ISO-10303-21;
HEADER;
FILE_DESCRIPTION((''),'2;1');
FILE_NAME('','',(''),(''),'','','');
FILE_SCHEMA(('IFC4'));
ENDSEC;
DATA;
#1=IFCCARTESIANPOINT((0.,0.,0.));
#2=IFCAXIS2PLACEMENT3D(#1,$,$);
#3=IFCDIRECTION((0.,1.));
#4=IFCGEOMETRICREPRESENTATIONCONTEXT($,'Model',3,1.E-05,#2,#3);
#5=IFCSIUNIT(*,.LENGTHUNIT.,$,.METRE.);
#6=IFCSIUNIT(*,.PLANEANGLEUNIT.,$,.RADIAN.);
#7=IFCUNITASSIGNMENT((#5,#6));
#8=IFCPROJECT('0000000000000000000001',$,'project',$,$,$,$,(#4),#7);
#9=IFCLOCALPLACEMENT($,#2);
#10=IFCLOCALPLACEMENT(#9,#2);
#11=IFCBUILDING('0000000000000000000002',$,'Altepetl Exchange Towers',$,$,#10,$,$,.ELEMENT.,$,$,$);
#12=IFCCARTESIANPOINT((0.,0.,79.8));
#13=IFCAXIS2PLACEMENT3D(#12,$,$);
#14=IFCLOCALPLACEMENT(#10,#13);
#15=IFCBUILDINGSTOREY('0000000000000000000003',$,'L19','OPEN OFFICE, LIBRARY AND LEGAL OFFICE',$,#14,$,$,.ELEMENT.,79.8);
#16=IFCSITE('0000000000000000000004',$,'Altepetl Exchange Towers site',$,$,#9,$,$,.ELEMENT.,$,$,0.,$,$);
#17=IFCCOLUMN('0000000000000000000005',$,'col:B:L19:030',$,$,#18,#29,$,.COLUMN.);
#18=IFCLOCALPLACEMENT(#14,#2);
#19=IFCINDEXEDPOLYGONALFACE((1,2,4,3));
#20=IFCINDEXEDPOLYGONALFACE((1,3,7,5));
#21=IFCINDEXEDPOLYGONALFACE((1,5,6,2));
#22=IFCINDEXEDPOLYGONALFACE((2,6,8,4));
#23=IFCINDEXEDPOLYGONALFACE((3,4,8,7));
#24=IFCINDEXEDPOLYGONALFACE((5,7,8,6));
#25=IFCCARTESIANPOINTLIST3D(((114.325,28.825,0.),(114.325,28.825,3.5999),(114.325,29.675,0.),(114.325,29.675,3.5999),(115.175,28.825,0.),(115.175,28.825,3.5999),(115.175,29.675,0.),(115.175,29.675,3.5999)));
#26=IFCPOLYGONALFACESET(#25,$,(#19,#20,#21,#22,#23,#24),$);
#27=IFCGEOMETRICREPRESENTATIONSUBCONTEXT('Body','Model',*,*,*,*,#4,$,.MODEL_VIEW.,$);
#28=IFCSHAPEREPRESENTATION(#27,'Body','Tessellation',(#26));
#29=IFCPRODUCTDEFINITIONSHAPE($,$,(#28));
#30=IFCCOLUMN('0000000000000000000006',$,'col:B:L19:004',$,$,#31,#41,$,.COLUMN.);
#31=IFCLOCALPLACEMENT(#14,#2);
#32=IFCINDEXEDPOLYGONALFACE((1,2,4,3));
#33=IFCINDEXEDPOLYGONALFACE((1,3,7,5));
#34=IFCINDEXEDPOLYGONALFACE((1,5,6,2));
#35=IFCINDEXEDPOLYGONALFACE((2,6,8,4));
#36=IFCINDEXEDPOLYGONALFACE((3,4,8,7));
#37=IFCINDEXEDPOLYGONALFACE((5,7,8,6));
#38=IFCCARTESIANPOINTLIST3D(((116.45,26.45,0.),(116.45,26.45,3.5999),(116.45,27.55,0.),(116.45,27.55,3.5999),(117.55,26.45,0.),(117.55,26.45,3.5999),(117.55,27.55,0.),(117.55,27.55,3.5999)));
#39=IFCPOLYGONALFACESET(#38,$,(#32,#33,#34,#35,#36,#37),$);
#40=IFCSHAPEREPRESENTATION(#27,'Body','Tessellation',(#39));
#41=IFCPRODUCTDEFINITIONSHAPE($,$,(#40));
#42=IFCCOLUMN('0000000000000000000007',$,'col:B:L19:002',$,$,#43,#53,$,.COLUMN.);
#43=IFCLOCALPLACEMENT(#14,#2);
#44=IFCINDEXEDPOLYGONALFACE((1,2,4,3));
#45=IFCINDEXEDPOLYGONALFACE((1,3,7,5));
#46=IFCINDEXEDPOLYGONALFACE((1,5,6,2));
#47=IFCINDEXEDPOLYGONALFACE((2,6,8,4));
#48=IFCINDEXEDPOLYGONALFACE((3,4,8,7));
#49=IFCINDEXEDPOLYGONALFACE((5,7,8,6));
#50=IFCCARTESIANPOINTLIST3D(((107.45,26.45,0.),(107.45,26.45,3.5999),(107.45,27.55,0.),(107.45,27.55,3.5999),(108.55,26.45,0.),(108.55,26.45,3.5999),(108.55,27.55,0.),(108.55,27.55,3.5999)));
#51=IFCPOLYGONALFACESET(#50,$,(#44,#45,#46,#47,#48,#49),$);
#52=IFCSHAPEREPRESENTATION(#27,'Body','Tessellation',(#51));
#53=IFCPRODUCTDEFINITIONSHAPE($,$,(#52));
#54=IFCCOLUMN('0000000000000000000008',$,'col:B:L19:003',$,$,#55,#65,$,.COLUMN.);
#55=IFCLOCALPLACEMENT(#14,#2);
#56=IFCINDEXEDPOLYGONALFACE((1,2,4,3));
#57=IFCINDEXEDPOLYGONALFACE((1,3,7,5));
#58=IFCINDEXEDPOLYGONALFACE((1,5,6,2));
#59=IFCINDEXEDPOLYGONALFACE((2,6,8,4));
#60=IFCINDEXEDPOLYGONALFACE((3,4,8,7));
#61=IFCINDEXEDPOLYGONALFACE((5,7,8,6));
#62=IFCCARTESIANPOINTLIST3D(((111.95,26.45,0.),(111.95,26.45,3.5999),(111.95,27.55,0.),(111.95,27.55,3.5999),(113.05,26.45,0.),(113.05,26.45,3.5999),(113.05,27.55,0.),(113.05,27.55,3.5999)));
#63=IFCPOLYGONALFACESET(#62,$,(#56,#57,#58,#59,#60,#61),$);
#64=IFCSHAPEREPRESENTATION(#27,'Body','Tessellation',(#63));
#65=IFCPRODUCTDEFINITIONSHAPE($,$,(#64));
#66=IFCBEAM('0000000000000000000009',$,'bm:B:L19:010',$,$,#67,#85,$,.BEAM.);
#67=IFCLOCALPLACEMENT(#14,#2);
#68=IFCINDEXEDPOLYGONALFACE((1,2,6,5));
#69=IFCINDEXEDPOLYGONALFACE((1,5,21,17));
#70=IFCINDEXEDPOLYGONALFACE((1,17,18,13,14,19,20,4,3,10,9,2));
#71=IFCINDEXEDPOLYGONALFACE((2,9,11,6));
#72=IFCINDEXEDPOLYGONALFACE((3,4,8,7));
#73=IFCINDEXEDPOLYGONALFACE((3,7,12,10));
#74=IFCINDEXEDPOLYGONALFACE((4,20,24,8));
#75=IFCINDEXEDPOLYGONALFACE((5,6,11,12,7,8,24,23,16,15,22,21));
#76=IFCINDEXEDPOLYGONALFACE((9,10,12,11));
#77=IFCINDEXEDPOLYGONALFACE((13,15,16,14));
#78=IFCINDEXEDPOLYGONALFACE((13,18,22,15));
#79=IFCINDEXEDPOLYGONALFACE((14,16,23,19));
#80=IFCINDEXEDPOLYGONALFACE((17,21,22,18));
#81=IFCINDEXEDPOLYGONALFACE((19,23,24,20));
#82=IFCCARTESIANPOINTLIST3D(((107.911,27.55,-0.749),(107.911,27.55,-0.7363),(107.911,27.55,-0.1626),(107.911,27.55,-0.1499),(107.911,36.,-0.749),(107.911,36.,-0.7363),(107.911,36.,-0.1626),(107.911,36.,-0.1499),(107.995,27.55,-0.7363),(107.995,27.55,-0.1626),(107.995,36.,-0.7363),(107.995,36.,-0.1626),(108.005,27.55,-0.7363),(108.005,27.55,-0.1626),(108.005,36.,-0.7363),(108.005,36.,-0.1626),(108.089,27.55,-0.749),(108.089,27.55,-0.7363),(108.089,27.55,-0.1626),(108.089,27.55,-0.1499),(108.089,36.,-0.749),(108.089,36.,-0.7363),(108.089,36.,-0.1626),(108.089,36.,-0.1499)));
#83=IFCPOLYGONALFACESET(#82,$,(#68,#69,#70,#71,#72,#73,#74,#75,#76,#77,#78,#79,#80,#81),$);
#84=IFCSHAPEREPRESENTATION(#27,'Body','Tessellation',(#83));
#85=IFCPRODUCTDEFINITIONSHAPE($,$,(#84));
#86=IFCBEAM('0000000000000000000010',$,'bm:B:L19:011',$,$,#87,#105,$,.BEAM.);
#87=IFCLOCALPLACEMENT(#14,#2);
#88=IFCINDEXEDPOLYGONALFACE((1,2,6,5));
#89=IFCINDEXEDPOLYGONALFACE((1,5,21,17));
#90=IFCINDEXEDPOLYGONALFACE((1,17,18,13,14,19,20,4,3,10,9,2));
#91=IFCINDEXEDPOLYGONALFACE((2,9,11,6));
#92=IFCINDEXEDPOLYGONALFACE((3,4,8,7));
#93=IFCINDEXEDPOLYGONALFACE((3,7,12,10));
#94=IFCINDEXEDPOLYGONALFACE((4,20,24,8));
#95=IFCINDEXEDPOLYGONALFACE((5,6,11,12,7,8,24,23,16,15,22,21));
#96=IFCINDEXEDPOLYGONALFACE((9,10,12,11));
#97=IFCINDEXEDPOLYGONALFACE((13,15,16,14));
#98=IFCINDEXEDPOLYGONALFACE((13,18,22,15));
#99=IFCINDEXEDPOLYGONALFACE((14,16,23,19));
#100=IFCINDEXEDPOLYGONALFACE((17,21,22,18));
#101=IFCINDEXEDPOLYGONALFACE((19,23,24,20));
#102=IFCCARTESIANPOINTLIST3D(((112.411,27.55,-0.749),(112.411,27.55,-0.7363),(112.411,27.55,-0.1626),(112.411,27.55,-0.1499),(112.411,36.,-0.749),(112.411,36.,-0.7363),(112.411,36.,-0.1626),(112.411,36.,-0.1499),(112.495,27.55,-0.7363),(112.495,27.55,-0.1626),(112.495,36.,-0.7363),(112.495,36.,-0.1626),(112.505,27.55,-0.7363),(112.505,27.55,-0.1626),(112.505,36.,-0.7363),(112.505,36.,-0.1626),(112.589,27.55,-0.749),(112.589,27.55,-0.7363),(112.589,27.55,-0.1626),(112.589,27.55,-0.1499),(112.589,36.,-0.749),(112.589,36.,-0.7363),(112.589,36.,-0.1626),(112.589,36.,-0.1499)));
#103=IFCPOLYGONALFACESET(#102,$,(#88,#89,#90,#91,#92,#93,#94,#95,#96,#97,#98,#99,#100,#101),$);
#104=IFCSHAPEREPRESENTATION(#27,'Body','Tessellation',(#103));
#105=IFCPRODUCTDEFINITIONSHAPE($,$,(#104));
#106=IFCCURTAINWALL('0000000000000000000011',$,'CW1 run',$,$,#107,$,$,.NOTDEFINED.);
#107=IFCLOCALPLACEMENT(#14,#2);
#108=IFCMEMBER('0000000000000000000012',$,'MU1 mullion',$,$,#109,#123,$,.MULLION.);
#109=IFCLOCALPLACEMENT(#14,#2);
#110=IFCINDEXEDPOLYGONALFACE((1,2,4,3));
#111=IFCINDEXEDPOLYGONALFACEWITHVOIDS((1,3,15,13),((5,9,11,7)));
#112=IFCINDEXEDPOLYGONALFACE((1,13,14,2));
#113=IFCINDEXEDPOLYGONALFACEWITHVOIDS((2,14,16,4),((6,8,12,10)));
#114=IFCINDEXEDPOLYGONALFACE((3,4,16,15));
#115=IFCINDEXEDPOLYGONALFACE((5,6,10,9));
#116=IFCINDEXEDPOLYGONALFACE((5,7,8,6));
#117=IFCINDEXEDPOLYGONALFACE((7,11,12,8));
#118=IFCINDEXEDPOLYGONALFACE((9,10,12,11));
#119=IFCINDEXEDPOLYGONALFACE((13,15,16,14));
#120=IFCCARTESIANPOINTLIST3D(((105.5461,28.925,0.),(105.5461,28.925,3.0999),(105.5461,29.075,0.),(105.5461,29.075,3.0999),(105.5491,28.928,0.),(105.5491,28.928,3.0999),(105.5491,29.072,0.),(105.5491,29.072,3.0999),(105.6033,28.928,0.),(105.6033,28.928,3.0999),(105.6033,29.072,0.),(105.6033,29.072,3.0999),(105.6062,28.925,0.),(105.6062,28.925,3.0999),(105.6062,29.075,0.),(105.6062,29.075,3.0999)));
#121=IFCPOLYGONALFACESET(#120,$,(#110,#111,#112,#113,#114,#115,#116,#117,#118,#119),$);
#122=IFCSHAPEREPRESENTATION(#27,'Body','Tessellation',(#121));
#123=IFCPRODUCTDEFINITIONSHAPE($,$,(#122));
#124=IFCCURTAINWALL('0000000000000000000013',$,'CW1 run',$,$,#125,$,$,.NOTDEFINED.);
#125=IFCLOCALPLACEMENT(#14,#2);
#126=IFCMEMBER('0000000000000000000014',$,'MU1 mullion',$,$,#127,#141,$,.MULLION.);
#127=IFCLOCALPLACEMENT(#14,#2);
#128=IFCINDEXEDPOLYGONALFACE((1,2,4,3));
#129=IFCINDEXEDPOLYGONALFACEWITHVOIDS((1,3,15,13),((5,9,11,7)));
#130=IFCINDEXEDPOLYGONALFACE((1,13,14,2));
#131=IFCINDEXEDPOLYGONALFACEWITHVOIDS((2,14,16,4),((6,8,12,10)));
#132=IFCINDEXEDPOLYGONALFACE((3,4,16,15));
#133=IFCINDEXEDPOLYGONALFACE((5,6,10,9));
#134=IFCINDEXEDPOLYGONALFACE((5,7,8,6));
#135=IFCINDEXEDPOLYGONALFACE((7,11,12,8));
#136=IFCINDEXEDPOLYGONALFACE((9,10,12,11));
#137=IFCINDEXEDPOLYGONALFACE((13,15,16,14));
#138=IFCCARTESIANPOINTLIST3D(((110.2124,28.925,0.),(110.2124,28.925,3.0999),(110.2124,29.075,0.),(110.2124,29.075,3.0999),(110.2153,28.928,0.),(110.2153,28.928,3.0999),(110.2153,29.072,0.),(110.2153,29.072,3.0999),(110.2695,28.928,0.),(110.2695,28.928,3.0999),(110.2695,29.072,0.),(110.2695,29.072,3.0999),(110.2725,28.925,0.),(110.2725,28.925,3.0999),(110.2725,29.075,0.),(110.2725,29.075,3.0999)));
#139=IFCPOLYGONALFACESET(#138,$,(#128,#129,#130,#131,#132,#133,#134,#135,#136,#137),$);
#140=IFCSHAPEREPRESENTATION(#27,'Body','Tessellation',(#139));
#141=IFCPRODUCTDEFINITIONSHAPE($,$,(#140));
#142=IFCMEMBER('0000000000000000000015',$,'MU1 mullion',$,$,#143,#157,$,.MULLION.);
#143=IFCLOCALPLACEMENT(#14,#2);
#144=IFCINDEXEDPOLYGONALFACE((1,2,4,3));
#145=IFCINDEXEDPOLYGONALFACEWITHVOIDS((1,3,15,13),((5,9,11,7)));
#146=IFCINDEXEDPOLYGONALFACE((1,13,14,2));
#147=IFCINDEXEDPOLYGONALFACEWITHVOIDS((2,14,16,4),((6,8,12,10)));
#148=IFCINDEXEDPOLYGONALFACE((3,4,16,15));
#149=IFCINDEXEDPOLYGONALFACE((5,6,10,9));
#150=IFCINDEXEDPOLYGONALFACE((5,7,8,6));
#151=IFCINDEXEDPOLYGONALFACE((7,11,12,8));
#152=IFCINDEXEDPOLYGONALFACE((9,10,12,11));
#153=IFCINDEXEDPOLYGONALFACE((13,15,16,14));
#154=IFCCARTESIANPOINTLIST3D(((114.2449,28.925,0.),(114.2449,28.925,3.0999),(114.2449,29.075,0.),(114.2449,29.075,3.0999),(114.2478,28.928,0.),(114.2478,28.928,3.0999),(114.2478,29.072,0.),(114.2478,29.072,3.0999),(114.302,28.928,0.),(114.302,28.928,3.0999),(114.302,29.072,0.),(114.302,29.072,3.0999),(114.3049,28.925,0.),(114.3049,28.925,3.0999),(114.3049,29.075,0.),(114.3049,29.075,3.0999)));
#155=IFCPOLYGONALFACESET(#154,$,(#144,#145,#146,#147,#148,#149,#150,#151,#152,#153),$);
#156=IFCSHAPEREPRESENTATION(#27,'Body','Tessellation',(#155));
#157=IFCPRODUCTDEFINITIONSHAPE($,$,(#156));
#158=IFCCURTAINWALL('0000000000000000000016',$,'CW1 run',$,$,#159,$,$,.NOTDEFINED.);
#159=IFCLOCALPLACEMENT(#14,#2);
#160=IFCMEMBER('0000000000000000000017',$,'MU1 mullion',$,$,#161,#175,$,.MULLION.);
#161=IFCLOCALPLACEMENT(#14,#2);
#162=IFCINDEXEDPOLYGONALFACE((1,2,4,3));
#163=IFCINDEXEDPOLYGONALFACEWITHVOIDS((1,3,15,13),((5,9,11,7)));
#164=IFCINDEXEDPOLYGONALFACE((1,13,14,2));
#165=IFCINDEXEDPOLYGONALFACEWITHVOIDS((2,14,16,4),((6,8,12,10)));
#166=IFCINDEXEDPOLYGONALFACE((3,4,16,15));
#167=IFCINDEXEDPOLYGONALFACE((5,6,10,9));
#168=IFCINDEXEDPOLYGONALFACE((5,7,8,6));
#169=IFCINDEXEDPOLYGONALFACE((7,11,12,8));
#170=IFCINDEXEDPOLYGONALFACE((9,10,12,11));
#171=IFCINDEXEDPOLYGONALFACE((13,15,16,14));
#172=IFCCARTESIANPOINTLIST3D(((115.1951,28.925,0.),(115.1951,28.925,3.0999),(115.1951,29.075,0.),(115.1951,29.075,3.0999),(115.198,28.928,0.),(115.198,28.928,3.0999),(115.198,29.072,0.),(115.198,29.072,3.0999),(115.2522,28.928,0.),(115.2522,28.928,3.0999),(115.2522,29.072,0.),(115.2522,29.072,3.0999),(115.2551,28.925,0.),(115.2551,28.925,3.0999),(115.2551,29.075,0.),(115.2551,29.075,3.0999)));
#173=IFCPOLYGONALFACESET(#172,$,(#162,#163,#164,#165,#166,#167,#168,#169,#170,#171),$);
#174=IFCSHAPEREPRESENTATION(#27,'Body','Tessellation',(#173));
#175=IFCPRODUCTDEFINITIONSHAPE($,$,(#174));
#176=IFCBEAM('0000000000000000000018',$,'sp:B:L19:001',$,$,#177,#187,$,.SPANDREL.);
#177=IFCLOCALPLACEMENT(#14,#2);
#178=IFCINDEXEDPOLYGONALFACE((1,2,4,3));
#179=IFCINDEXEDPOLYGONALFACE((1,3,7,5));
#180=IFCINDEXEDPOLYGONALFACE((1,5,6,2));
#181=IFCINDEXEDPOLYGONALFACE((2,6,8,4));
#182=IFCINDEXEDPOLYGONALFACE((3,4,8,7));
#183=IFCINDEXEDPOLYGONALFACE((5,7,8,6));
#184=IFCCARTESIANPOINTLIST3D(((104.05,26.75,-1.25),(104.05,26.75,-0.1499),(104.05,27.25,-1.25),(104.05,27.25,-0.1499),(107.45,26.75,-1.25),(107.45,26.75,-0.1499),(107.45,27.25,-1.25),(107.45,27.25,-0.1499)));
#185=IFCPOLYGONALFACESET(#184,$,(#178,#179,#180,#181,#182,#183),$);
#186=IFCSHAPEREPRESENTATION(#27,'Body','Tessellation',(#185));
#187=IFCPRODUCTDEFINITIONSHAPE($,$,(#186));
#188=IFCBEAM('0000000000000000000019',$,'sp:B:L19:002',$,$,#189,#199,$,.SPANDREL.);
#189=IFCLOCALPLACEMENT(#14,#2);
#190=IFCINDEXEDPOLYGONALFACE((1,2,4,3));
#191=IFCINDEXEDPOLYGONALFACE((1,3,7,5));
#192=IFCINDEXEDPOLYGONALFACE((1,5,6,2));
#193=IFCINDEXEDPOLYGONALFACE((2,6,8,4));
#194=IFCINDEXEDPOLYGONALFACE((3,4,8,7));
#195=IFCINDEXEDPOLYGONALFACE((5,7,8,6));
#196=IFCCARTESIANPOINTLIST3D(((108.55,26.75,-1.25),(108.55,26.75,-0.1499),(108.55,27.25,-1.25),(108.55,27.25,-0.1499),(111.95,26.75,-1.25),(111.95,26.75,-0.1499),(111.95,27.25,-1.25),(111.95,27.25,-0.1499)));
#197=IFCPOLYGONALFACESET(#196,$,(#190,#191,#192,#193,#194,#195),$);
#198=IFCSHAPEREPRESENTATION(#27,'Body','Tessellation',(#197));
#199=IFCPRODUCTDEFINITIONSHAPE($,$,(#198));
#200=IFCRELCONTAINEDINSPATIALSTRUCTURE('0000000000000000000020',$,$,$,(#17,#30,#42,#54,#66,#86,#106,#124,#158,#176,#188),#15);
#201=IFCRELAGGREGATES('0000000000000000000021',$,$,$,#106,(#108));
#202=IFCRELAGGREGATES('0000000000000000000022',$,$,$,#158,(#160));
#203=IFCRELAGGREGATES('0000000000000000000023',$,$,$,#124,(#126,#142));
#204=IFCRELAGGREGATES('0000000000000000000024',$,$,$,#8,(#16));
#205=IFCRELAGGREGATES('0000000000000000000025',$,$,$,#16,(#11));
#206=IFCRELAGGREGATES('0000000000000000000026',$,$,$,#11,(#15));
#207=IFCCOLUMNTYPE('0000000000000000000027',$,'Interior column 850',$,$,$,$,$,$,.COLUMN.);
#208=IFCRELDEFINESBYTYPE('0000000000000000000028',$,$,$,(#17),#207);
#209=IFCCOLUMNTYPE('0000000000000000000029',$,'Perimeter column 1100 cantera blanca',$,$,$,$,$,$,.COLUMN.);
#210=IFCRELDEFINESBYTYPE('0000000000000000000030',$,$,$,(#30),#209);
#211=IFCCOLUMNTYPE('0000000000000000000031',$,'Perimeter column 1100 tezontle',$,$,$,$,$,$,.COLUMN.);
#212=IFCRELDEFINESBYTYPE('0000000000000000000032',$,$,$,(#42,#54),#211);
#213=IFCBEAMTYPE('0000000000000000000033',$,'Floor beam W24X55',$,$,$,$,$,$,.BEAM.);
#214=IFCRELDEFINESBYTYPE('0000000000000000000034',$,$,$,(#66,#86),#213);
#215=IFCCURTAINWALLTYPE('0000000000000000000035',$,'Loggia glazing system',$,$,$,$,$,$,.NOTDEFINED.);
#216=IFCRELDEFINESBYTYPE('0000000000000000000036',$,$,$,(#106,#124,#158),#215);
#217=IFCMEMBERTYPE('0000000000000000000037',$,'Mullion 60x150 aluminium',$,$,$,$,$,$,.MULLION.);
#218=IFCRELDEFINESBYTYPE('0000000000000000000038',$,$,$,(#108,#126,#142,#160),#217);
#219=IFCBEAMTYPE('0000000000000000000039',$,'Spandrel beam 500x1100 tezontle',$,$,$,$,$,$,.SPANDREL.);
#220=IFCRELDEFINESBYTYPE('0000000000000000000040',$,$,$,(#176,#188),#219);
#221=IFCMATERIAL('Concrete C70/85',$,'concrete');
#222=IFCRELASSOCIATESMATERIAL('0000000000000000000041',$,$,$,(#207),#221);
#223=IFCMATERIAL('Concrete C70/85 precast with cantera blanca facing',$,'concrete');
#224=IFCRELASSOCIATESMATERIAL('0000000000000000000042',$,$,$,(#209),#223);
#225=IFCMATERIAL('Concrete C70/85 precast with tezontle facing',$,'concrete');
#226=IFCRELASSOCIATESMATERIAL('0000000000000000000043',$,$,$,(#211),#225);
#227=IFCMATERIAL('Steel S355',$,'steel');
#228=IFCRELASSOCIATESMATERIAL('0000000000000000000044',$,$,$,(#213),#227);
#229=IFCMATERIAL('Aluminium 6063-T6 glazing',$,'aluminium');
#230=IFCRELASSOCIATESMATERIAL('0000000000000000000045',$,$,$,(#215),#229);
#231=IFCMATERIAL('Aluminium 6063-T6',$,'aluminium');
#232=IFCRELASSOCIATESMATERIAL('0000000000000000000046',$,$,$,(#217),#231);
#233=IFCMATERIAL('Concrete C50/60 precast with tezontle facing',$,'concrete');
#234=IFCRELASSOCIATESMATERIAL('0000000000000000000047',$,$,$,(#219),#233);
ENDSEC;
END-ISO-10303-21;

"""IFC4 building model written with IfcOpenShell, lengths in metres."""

from ifc_helpers import new_model, si_unit, direction, frame, origin, origin_2d, place, context, subcontext, project, spatial, rectangle, hollow_rectangle, i_section, extrude, material, material_profile, profile_set, type_object, element, aggregate, save


model = new_model("IFC4")

# Units and contexts
model_context = context("Model", 3, precision=1e-05, world=origin(), true_north=direction((0.0, 1.0)))
body_context = subcontext(model_context, "Body", "Model", "MODEL_VIEW")
ifc_project = project(units=[si_unit("LENGTHUNIT", "METRE"), si_unit("PLANEANGLEUNIT", "RADIAN")], contexts=[model_context])

# Site, building, storey
site_placement = place(None, origin())
site = spatial("IfcSite", under=ifc_project, at=site_placement, Name="Altepetl Exchange Towers site", CompositionType="ELEMENT", RefElevation=0.0)
building_placement = place(site_placement, origin())
building = spatial("IfcBuilding", under=site, at=building_placement, Name="Altepetl Exchange Towers", CompositionType="ELEMENT")
storey_placement = place(building_placement, frame((0.0, 0.0, 79.8)))
storey = spatial("IfcBuildingStorey", under=building, at=storey_placement, Name="L19", Description="OPEN OFFICE, LIBRARY AND LEGAL OFFICE", CompositionType="ELEMENT", Elevation=79.8)

# Columns
ifc_material_1 = material(Name="Concrete C70/85", Category="concrete")
ifc_material_profile_1 = material_profile(ifc_material_1, rectangle(XDim=0.8501, YDim=0.8501, at=origin_2d()), Name="850 x 850")
ifc_profile_set_1 = profile_set([ifc_material_profile_1], Name="Concrete C70/85")
column_type_1 = type_object("IfcColumnType", Name="Interior column 850", PredefinedType="COLUMN", material=ifc_profile_set_1)
column_1_placement = place(storey_placement, frame((114.75, 29.25, 0.0)))
element("IfcColumn", 1, at=column_1_placement, inside=storey, type_object=column_type_1, Name="col:B:L19:030", PredefinedType="COLUMN", context=body_context, shape_type="SweptSolid", body=[
    extrude(rectangle(XDim=0.8501, YDim=0.8501, at=origin_2d()), origin(), (0.0, 0.0, 1.0), 3.5999),
])
ifc_material_2 = material(Name="Concrete C70/85 precast with cantera blanca facing", Category="concrete")
ifc_material_profile_2 = material_profile(ifc_material_2, rectangle(XDim=1.1001, YDim=1.1001, at=origin_2d()), Name="1100 x 1100")
ifc_profile_set_2 = profile_set([ifc_material_profile_2], Name="Concrete C70/85 precast with cantera blanca facing")
column_type_2 = type_object("IfcColumnType", Name="Perimeter column 1100 cantera blanca", PredefinedType="COLUMN", material=ifc_profile_set_2)
column_2_placement = place(storey_placement, frame((117.0, 27.0, 0.0)))
element("IfcColumn", 2, at=column_2_placement, inside=storey, type_object=column_type_2, Name="col:B:L19:004", PredefinedType="COLUMN", context=body_context, shape_type="SweptSolid", body=[
    extrude(rectangle(XDim=1.1001, YDim=1.1001, at=origin_2d()), origin(), (0.0, 0.0, 1.0), 3.5999),
])
ifc_material_3 = material(Name="Concrete C70/85 precast with tezontle facing", Category="concrete")
ifc_material_profile_3 = material_profile(ifc_material_3, rectangle(XDim=1.1001, YDim=1.1001, at=origin_2d()), Name="1100 x 1100")
ifc_profile_set_3 = profile_set([ifc_material_profile_3], Name="Concrete C70/85 precast with tezontle facing")
column_type_3 = type_object("IfcColumnType", Name="Perimeter column 1100 tezontle", PredefinedType="COLUMN", material=ifc_profile_set_3)
for number, where, name in (
    (3, (108.0, 27.0, 0.0), "col:B:L19:002"),
    (4, (112.5, 27.0, 0.0), "col:B:L19:003"),
):
    element("IfcColumn", number, at=place(storey_placement, frame(where)), inside=storey, type_object=column_type_3, Name=name, PredefinedType="COLUMN", context=body_context, shape_type="SweptSolid", body=[
        extrude(rectangle(XDim=1.1001, YDim=1.1001, at=origin_2d()), origin(), (0.0, 0.0, 1.0), 3.5999),
    ])

# Beams
ifc_material_4 = material(Name="Steel S355", Category="steel")
ifc_material_profile_4 = material_profile(ifc_material_4, i_section(OverallWidth=0.178, OverallDepth=0.5991, WebThickness=0.01, FlangeThickness=0.0127, at=origin_2d()), Name="W24X55")
ifc_profile_set_4 = profile_set([ifc_material_profile_4], Name="Steel S355")
beam_type_1 = type_object("IfcBeamType", Name="Floor beam W24X55", PredefinedType="BEAM", material=ifc_profile_set_4)
for number, where, z_axis, x_axis, name in (
    (5, (108.0, 27.55, -0.4495), (0.0, 1.0, 0.0), (-1.0, 0.0, 0.0), "bm:B:L19:010"),
    (6, (112.5, 27.55, -0.4495), (0.0, 1.0, 0.0), (-1.0, 0.0, 0.0), "bm:B:L19:011"),
):
    element("IfcBeam", number, at=place(storey_placement, frame(where, z_axis=z_axis, x_axis=x_axis)), inside=storey, type_object=beam_type_1, Name=name, PredefinedType="BEAM", context=body_context, shape_type="SweptSolid", body=[
        extrude(i_section(OverallWidth=0.178, OverallDepth=0.5991, WebThickness=0.01, FlangeThickness=0.0127, at=origin_2d()), origin(), (0.0, 0.0, 1.0), 8.45),
    ])

# Curtain wall, member
ifc_material_5 = material(Name="Aluminium 6063-T6 glazing", Category="aluminium")
curtain_wall_type = type_object("IfcCurtainWallType", Name="Loggia glazing system", PredefinedType="NOTDEFINED", material=ifc_material_5)
curtain_wall_1_placement = place(storey_placement, origin())
curtain_wall_1 = element("IfcCurtainWall", 7, at=curtain_wall_1_placement, inside=storey, type_object=curtain_wall_type, Name="CW1 run", PredefinedType="NOTDEFINED")
ifc_material_6 = material(Name="Aluminium 6063-T6", Category="aluminium")
ifc_material_profile_5 = material_profile(ifc_material_6, hollow_rectangle(XDim=0.0601, YDim=0.1499, WallThickness=0.0029, at=origin_2d()), Name="Mullion 60x150 aluminium")
ifc_profile_set_5 = profile_set([ifc_material_profile_5], Name="Aluminium 6063-T6")
member_type = type_object("IfcMemberType", Name="Mullion 60x150 aluminium", PredefinedType="MULLION", material=ifc_profile_set_5)
member_1_placement = place(storey_placement, frame((105.5762, 29.0, 0.0)))
member_1 = element("IfcMember", 8, at=member_1_placement, type_object=member_type, Name="MU1 mullion", PredefinedType="MULLION", context=body_context, shape_type="SweptSolid", body=[
    extrude(hollow_rectangle(XDim=0.0601, YDim=0.1499, WallThickness=0.0029, at=origin_2d()), origin(), (0.0, 0.0, 1.0), 3.0999),
])
aggregate(curtain_wall_1, [member_1])

# Curtain wall, members
curtain_wall_2_placement = place(storey_placement, origin())
curtain_wall_2 = element("IfcCurtainWall", 9, at=curtain_wall_2_placement, inside=storey, type_object=curtain_wall_type, Name="CW1 run", PredefinedType="NOTDEFINED")
member_2_placement = place(storey_placement, frame((110.2424, 29.0, 0.0)))
member_2 = element("IfcMember", 10, at=member_2_placement, type_object=member_type, Name="MU1 mullion", PredefinedType="MULLION", context=body_context, shape_type="SweptSolid", body=[
    extrude(hollow_rectangle(XDim=0.0601, YDim=0.1499, WallThickness=0.0029, at=origin_2d()), origin(), (0.0, 0.0, 1.0), 3.0999),
])
member_3_placement = place(storey_placement, frame((114.2749, 29.0, 0.0)))
member_3 = element("IfcMember", 11, at=member_3_placement, type_object=member_type, Name="MU1 mullion", PredefinedType="MULLION", context=body_context, shape_type="SweptSolid", body=[
    extrude(hollow_rectangle(XDim=0.0601, YDim=0.1499, WallThickness=0.0029, at=origin_2d()), origin(), (0.0, 0.0, 1.0), 3.0999),
])

# Curtain wall, member
curtain_wall_3_placement = place(storey_placement, origin())
curtain_wall_3 = element("IfcCurtainWall", 12, at=curtain_wall_3_placement, inside=storey, type_object=curtain_wall_type, Name="CW1 run", PredefinedType="NOTDEFINED")
member_4_placement = place(storey_placement, frame((115.2251, 29.0, 0.0)))
member_4 = element("IfcMember", 13, at=member_4_placement, type_object=member_type, Name="MU1 mullion", PredefinedType="MULLION", context=body_context, shape_type="SweptSolid", body=[
    extrude(hollow_rectangle(XDim=0.0601, YDim=0.1499, WallThickness=0.0029, at=origin_2d()), origin(), (0.0, 0.0, 1.0), 3.0999),
])
aggregate(curtain_wall_3, [member_4])

# Beams
ifc_material_7 = material(Name="Concrete C50/60 precast with tezontle facing", Category="concrete")
ifc_material_profile_6 = material_profile(ifc_material_7, rectangle(XDim=0.5, YDim=1.1001, at=origin_2d()), Name="500 x 1100")
ifc_profile_set_6 = profile_set([ifc_material_profile_6], Name="Concrete C50/60 precast with tezontle facing")
beam_type_2 = type_object("IfcBeamType", Name="Spandrel beam 500x1100 tezontle", PredefinedType="SPANDREL", material=ifc_profile_set_6)
for number, where, z_axis, x_axis, name in (
    (14, (104.05, 27.0, -0.7), (1.0, 0.0, 0.0), (0.0, 1.0, 0.0), "sp:B:L19:001"),
    (15, (108.55, 27.0, -0.7), (1.0, 0.0, 0.0), (0.0, 1.0, 0.0), "sp:B:L19:002"),
):
    element("IfcBeam", number, at=place(storey_placement, frame(where, z_axis=z_axis, x_axis=x_axis)), inside=storey, type_object=beam_type_2, Name=name, PredefinedType="SPANDREL", context=body_context, shape_type="SweptSolid", body=[
        extrude(rectangle(XDim=0.5, YDim=1.1001, at=origin_2d()), origin(), (0.0, 0.0, 1.0), 3.3999),
    ])

aggregate(curtain_wall_2, [member_2, member_3])

save(model, "model.ifc")
